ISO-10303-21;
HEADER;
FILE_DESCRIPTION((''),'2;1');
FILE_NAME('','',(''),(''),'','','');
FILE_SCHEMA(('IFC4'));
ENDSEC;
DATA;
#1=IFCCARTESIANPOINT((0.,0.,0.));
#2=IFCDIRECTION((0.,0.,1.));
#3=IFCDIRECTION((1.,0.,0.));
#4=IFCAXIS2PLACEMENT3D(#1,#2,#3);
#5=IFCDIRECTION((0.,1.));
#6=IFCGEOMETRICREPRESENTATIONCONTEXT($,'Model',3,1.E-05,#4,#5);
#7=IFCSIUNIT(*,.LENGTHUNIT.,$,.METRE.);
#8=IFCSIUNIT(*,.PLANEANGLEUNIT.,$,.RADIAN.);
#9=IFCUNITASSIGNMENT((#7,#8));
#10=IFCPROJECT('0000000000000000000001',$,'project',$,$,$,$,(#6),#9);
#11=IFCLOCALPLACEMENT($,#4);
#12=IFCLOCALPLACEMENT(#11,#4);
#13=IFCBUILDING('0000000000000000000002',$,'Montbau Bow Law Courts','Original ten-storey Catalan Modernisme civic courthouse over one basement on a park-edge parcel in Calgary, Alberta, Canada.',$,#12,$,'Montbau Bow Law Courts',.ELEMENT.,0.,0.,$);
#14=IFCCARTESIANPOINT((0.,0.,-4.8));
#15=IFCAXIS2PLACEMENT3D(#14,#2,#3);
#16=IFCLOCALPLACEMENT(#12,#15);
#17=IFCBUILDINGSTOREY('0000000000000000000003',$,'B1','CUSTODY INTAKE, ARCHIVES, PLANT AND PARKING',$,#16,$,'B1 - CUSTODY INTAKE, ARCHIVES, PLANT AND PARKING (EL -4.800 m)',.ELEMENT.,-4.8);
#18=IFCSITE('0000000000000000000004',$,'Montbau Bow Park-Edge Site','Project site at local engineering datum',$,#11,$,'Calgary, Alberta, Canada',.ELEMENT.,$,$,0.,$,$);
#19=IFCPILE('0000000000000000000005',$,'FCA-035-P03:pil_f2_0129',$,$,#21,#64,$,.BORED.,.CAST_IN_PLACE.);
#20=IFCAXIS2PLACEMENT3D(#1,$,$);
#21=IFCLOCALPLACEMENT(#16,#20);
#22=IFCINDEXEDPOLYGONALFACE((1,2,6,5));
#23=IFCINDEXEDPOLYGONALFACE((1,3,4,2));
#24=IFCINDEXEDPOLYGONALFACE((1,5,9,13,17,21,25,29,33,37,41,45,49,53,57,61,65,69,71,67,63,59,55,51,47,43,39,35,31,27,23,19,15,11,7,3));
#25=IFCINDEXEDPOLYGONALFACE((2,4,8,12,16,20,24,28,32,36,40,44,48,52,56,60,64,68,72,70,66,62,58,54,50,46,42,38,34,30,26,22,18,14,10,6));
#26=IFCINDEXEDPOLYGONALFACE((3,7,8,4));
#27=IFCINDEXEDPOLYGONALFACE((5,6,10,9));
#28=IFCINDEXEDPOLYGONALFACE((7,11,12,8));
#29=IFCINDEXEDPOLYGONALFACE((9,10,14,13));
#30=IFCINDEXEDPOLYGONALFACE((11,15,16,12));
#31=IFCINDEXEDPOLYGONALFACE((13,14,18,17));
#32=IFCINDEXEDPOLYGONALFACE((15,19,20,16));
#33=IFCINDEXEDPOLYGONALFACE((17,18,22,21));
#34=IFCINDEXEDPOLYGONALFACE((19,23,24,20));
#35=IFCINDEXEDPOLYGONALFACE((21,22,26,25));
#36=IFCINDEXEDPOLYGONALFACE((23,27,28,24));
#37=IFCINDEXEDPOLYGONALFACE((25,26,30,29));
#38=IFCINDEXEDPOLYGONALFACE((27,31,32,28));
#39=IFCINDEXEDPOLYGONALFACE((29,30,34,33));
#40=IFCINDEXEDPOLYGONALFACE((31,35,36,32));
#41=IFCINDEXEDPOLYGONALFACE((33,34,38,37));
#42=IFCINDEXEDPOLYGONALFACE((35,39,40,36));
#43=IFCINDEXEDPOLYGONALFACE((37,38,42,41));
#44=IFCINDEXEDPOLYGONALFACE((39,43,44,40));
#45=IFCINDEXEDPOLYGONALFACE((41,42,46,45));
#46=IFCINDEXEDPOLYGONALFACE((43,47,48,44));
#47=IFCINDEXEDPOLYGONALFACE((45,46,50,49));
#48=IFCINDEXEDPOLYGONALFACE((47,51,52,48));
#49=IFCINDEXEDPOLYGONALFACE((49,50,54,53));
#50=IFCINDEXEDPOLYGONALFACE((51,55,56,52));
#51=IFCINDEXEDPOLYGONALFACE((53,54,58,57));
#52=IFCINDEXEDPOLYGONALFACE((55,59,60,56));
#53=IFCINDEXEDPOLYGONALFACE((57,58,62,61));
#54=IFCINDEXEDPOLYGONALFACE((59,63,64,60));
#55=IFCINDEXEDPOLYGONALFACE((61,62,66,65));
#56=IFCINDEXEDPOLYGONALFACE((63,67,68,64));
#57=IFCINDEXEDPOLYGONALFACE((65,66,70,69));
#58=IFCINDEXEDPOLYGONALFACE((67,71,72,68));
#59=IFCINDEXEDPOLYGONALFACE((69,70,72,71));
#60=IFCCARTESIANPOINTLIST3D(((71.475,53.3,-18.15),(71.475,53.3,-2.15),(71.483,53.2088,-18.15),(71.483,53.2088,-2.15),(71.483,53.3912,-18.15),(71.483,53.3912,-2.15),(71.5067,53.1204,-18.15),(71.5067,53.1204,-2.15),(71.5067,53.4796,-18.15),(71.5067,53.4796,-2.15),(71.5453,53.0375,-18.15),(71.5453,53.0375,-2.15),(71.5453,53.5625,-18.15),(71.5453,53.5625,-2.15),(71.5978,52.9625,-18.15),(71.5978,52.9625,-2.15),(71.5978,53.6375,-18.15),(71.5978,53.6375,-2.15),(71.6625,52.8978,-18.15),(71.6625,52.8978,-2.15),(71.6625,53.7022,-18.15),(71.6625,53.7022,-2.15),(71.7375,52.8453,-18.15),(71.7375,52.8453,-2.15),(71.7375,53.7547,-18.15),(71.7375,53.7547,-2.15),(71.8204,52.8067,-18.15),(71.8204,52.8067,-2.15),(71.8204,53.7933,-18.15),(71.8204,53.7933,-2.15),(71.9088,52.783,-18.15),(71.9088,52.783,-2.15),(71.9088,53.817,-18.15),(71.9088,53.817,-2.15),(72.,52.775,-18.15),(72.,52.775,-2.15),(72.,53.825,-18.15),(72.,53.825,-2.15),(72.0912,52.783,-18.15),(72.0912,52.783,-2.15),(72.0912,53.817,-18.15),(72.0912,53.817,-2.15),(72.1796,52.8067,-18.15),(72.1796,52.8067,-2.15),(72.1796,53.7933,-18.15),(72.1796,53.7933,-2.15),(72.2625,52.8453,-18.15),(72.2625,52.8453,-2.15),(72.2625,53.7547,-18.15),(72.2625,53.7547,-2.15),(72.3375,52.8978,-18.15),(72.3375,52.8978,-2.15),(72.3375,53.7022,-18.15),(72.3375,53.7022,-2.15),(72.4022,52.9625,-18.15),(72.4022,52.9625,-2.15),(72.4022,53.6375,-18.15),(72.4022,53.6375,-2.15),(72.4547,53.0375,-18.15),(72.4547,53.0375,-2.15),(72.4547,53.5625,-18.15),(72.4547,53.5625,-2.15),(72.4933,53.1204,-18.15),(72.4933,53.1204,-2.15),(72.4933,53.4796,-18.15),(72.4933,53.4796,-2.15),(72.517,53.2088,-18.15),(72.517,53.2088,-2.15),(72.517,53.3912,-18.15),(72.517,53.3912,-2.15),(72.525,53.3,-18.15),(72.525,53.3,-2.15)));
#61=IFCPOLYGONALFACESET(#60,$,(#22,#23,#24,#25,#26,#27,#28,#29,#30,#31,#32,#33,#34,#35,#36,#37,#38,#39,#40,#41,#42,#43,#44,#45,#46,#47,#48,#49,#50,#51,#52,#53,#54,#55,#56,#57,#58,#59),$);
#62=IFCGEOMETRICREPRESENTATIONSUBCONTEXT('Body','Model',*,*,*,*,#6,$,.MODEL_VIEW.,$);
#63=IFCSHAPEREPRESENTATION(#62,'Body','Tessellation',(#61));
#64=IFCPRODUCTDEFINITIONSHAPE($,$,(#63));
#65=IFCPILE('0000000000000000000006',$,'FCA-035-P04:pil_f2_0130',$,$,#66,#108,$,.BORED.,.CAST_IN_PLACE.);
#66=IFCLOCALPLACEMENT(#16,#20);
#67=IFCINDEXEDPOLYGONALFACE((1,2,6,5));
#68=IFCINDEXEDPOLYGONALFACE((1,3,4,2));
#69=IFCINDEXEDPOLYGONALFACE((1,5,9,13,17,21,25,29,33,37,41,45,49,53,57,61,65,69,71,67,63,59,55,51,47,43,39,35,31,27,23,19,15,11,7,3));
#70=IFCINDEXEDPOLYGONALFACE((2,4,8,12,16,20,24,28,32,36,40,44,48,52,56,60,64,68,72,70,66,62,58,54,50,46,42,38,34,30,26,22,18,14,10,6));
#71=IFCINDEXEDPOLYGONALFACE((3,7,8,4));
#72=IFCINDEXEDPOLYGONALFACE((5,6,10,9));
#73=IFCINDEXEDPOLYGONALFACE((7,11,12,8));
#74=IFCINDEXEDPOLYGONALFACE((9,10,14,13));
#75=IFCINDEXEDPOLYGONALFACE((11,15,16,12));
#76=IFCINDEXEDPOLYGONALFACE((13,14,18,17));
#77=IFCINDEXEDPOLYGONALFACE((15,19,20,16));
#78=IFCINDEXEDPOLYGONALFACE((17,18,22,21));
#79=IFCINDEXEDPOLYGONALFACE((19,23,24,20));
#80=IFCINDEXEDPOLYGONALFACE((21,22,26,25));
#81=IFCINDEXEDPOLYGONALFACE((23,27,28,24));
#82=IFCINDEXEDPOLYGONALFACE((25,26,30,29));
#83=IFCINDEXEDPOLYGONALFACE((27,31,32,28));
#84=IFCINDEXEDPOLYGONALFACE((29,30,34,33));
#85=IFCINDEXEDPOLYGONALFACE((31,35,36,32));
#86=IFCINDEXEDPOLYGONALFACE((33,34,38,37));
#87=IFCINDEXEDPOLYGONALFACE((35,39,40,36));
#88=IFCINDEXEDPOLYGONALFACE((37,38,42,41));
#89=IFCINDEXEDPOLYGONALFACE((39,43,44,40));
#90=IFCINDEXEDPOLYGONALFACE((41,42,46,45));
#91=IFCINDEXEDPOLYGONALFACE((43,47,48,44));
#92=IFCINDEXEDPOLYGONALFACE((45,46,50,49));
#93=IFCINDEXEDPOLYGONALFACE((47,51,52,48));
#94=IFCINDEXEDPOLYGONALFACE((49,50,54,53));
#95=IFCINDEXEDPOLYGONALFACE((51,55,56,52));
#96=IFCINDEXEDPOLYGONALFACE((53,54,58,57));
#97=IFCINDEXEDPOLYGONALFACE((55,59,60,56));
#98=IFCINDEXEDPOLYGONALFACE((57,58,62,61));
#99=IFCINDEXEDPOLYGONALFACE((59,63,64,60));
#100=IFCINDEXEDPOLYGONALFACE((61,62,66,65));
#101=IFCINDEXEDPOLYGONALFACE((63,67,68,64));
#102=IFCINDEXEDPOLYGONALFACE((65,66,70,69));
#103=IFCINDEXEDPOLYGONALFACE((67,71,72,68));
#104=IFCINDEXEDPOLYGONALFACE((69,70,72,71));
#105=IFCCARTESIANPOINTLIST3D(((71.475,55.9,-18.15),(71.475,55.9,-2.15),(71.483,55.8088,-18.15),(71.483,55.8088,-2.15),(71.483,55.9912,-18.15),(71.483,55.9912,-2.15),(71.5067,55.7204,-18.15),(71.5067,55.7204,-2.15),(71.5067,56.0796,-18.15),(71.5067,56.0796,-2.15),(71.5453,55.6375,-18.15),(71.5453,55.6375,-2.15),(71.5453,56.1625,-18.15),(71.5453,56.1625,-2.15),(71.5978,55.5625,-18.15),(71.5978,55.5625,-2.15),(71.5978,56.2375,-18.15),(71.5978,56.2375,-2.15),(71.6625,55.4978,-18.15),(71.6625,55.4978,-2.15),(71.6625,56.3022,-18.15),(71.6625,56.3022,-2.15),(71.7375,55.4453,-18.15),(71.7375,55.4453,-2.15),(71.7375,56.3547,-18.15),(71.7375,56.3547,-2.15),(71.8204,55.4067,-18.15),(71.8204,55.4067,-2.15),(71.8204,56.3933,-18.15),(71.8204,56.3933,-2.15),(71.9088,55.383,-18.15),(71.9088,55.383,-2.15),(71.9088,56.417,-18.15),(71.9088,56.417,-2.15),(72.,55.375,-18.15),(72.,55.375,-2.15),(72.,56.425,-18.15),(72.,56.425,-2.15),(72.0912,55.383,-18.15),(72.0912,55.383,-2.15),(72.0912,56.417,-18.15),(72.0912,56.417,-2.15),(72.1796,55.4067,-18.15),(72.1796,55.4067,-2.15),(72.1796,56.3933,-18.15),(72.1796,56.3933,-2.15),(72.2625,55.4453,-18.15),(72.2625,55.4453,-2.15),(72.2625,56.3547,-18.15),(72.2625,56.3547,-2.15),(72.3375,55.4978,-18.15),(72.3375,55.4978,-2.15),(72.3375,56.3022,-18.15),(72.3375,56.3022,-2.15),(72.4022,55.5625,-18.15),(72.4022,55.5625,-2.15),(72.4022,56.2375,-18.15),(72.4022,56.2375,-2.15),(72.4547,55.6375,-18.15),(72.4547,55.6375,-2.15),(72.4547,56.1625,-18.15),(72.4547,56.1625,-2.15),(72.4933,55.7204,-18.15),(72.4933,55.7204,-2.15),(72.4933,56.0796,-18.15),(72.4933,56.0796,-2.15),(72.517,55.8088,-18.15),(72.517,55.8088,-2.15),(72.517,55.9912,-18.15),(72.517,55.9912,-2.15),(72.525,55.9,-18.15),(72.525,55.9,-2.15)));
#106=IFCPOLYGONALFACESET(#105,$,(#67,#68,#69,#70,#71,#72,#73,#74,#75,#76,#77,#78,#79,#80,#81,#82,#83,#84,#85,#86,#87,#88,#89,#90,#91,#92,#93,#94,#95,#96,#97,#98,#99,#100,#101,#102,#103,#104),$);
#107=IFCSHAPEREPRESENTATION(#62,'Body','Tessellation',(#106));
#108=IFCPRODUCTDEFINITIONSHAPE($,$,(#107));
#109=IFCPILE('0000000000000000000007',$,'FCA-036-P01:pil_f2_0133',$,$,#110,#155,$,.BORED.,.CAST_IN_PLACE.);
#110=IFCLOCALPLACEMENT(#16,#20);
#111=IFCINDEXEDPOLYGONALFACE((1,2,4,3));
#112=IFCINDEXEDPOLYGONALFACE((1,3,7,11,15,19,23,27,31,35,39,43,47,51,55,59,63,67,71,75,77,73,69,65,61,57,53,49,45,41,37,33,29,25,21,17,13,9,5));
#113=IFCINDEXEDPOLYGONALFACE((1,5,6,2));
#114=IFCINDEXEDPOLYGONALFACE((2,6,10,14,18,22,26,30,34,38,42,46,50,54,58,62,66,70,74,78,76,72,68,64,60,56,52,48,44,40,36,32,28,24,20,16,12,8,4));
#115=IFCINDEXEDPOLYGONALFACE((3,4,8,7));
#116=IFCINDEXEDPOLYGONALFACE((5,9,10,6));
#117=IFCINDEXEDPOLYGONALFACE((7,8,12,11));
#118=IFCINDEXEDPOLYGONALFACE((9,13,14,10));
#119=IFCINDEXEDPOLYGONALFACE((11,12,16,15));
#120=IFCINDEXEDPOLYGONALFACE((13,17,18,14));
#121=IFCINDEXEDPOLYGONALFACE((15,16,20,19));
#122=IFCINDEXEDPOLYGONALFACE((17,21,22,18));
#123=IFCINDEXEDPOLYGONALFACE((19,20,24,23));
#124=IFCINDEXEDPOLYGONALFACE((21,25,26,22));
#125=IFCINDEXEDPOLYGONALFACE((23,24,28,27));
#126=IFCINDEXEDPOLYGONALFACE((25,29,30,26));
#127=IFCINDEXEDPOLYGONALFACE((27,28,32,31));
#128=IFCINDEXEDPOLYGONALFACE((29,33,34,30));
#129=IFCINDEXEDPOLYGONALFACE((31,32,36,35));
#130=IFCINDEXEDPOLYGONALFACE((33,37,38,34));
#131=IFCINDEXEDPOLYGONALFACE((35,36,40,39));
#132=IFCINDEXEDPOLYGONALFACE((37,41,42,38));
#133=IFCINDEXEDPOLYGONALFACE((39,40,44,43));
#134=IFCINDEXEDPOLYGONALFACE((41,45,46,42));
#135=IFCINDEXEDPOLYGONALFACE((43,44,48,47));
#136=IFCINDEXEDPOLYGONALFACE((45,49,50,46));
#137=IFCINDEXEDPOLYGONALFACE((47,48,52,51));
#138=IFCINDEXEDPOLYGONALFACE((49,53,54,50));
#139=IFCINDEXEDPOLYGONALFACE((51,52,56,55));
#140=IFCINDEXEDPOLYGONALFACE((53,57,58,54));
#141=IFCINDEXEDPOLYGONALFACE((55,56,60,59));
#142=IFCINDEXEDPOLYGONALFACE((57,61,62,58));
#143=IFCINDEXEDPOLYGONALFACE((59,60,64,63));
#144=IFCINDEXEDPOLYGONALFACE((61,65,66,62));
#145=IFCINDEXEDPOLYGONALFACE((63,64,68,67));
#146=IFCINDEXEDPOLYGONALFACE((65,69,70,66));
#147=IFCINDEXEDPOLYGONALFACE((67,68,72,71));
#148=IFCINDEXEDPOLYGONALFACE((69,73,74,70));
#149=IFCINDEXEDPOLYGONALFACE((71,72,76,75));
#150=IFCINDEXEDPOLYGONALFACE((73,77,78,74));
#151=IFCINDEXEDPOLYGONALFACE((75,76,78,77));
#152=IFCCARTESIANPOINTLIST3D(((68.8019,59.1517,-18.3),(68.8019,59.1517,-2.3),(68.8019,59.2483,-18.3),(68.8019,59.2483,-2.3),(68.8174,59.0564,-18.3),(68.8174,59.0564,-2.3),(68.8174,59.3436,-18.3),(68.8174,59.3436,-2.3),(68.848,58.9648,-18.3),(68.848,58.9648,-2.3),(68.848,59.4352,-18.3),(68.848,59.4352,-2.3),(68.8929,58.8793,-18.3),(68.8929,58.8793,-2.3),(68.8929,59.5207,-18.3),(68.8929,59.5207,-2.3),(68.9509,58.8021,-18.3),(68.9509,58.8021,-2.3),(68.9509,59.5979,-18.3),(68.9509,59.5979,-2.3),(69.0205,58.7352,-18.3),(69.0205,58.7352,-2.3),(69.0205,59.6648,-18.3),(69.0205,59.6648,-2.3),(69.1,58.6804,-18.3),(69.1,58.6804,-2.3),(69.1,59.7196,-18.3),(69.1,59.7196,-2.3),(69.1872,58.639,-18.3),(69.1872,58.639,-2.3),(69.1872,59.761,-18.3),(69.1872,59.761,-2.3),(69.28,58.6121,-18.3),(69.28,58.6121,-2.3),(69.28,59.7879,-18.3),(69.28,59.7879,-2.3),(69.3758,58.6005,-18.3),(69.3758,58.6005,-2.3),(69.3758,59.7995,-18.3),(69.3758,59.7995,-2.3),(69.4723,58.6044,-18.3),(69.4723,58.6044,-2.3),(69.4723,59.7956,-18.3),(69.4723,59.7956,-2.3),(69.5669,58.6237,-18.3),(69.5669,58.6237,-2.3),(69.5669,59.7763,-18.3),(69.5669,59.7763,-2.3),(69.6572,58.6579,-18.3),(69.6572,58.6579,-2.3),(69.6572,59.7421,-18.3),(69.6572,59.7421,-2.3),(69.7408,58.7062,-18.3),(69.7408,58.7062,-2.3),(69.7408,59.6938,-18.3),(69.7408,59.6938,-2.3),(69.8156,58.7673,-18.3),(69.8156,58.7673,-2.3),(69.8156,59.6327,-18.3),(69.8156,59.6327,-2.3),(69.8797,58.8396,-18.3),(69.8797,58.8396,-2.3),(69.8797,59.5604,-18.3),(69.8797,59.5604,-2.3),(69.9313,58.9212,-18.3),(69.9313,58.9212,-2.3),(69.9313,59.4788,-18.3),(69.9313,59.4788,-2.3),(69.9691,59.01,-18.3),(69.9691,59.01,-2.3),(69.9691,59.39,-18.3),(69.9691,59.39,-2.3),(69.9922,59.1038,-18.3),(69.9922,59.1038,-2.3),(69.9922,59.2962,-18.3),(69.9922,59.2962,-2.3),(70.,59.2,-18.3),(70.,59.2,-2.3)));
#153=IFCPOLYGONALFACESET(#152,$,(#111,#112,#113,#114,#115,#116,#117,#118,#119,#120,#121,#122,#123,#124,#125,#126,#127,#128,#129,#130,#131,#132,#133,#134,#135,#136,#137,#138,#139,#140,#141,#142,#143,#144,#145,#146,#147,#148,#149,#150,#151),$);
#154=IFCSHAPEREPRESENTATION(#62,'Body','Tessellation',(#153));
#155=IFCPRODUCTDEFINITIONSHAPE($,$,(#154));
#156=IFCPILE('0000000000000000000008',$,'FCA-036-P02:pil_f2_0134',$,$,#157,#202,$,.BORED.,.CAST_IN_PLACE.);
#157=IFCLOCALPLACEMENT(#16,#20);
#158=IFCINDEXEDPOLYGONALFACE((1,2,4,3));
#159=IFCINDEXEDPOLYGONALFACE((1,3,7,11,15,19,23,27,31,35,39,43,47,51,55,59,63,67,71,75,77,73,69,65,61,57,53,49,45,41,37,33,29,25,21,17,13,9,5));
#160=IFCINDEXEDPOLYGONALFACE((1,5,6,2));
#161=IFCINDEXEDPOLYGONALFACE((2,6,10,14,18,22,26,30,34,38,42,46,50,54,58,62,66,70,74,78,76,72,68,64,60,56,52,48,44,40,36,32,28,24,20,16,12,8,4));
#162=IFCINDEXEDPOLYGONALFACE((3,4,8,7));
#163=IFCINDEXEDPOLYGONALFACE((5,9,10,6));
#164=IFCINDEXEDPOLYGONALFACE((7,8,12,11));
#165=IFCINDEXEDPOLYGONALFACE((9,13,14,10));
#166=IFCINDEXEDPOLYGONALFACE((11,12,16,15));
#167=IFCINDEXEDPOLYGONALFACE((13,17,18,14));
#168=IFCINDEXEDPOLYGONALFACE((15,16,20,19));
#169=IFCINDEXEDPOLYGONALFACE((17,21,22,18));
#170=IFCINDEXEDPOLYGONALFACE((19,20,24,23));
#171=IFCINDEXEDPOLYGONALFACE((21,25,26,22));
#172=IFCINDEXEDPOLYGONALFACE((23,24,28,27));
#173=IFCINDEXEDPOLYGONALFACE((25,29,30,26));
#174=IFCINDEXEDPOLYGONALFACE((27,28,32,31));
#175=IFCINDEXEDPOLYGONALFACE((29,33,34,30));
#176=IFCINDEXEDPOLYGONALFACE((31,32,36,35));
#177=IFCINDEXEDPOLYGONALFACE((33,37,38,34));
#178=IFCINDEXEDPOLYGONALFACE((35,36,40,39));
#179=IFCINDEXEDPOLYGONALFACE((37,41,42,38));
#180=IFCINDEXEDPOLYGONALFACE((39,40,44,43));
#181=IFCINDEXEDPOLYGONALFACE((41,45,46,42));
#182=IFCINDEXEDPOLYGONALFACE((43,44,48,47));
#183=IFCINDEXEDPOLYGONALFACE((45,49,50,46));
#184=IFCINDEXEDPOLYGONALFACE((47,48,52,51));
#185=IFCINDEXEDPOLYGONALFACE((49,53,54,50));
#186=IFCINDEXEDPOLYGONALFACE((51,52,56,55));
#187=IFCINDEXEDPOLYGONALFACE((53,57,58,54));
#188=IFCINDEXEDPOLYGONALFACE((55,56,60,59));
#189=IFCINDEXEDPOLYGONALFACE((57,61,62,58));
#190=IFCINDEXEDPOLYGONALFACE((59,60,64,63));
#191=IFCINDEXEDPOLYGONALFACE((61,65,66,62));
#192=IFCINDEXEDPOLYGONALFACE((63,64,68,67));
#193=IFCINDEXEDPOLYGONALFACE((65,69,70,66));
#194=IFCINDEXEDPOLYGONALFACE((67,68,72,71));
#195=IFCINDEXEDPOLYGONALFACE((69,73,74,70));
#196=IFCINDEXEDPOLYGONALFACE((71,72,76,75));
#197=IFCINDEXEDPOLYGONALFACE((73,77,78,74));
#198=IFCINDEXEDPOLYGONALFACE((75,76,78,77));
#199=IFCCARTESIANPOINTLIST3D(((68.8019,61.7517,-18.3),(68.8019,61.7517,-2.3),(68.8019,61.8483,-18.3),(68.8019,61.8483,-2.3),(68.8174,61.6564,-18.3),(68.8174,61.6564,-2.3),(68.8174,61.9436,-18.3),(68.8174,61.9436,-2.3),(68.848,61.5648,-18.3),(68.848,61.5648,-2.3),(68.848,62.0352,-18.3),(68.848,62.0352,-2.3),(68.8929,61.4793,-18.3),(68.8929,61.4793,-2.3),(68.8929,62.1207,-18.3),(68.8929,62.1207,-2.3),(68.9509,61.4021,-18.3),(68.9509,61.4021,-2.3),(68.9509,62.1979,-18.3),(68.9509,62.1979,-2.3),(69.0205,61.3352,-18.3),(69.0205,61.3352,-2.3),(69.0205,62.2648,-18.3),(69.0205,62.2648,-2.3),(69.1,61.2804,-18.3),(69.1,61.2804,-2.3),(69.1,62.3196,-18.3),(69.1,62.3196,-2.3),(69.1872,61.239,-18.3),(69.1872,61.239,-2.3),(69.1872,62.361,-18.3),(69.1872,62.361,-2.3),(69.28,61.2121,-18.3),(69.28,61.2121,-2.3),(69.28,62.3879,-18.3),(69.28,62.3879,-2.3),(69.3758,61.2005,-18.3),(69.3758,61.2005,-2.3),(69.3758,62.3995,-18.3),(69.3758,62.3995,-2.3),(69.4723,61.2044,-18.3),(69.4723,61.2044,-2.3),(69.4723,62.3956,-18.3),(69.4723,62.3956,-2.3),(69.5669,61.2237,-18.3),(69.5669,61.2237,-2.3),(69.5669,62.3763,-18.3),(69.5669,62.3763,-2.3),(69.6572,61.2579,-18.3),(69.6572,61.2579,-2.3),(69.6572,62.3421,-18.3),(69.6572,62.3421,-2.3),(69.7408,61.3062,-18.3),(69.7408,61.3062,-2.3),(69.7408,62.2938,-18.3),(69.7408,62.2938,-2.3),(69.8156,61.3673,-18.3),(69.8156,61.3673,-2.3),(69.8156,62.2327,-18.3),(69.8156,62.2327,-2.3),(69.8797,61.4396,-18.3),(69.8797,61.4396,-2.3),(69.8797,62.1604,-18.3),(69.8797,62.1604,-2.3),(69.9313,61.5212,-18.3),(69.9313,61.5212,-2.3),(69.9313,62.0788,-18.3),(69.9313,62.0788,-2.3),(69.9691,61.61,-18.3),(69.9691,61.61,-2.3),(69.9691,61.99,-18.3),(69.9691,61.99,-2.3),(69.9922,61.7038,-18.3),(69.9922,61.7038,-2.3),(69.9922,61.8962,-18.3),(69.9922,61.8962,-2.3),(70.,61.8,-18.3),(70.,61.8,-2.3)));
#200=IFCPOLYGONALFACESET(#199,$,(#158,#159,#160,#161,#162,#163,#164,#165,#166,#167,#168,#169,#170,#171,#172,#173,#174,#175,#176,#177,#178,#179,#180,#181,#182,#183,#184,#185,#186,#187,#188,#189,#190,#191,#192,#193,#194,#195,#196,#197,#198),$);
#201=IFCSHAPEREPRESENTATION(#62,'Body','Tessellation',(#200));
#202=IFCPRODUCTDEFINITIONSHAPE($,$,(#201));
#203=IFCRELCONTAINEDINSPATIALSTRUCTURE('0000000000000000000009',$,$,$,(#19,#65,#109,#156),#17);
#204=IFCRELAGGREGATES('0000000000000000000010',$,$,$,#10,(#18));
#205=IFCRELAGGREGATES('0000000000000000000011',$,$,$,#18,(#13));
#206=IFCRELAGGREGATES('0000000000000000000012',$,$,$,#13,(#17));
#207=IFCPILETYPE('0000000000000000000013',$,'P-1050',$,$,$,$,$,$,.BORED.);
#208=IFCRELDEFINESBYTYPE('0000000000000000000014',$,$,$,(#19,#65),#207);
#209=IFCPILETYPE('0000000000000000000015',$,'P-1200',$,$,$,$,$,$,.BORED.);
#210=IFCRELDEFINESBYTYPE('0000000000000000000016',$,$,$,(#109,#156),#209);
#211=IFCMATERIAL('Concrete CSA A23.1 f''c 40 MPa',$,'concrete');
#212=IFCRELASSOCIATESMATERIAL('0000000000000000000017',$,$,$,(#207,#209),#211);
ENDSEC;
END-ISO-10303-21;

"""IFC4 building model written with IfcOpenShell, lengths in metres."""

from ifc_helpers import new_model, si_unit, direction, frame, origin_with_axes, origin_2d_with_axis, place, context, subcontext, project, spatial, circle, extrude, material, material_profile, profile_set, type_object, element, save


model = new_model("IFC4")

# Units and contexts
model_context = context("Model", 3, precision=1e-05, world=origin_with_axes(), true_north=direction((0.0, 1.0)))
body_context = subcontext(model_context, "Body", "Model", "MODEL_VIEW")
ifc_project = project(units=[si_unit("LENGTHUNIT", "METRE"), si_unit("PLANEANGLEUNIT", "RADIAN")], contexts=[model_context])

# Site, building, storey
site_placement = place(None, origin_with_axes())
site = spatial("IfcSite", under=ifc_project, at=site_placement, Name="Montbau Bow Park-Edge Site", Description="Project site at local engineering datum", LongName="Calgary, Alberta, Canada", CompositionType="ELEMENT", RefElevation=0.0)
building_placement = place(site_placement, origin_with_axes())
building = spatial("IfcBuilding", under=site, at=building_placement, Name="Montbau Bow Law Courts", Description="Original ten-storey Catalan Modernisme civic courthouse over one basement on a park-edge parcel in Calgary, Alberta, Canada.", LongName="Montbau Bow Law Courts", CompositionType="ELEMENT", ElevationOfRefHeight=0.0, ElevationOfTerrain=0.0)
storey_placement = place(building_placement, frame((0.0, 0.0, -4.8), z_axis=(0.0, 0.0, 1.0), x_axis=(1.0, 0.0, 0.0)))
storey = spatial("IfcBuildingStorey", under=building, at=storey_placement, Name="B1", Description="CUSTODY INTAKE, ARCHIVES, PLANT AND PARKING", LongName="B1 - CUSTODY INTAKE, ARCHIVES, PLANT AND PARKING (EL -4.800 m)", CompositionType="ELEMENT", Elevation=-4.8)

# Piles
ifc_material_1 = material(Name="Concrete CSA A23.1 f'c 40 MPa", Category="concrete")
ifc_material_profile_1 = material_profile(ifc_material_1, circle(Radius=0.525, at=origin_2d_with_axis()), Name="BP1050", Category="Main", Priority=0)
ifc_profile_set_1 = profile_set([ifc_material_profile_1], Name="Concrete CSA A23.1 f'c 40 MPa")
pile_type_1 = type_object("IfcPileType", Name="P-1050", PredefinedType="BORED", material=ifc_profile_set_1)
for number, where, z_axis, x_axis, name in (
    (1, (72.0, 53.3, -22.95), (0.0, 0.0, 1.0), (1.0, 0.0, 0.0), "FCA-035-P03:pil_f2_0129"),
    (2, (72.0, 55.9, -22.95), (0.0, 0.0, 1.0), (1.0, 0.0, 0.0), "FCA-035-P04:pil_f2_0130"),
):
    element("IfcPile", number, at=place(None, frame(where, z_axis=z_axis, x_axis=x_axis)), inside=storey, type_object=pile_type_1, Name=name, ConstructionType="CAST_IN_PLACE", PredefinedType="BORED", context=body_context, shape_type="SweptSolid", body=[
        extrude(circle(Radius=0.525, at=origin_2d_with_axis()), origin_with_axes(), (0.0, 0.0, 1.0), 16.0),
    ])
ifc_material_profile_2 = material_profile(ifc_material_1, circle(Radius=0.6, at=origin_2d_with_axis()), Name="BP1200", Category="Main", Priority=0)
ifc_profile_set_2 = profile_set([ifc_material_profile_2], Name="Concrete CSA A23.1 f'c 40 MPa")
pile_type_2 = type_object("IfcPileType", Name="P-1200", PredefinedType="BORED", material=ifc_profile_set_2)
for number, where, z_axis, x_axis, name in (
    (3, (69.4, 59.2, -23.1), (0.0, 0.0, 1.0), (1.0, 0.0, 0.0), "FCA-036-P01:pil_f2_0133"),
    (4, (69.4, 61.8, -23.1), (0.0, 0.0, 1.0), (1.0, 0.0, 0.0), "FCA-036-P02:pil_f2_0134"),
):
    element("IfcPile", number, at=place(None, frame(where, z_axis=z_axis, x_axis=x_axis)), inside=storey, type_object=pile_type_2, Name=name, ConstructionType="CAST_IN_PLACE", PredefinedType="BORED", context=body_context, shape_type="SweptSolid", body=[
        extrude(circle(Radius=0.6, at=origin_2d_with_axis()), origin_with_axes(), (0.0, 0.0, 1.0), 16.0),
    ])

save(model, "model.ifc")
